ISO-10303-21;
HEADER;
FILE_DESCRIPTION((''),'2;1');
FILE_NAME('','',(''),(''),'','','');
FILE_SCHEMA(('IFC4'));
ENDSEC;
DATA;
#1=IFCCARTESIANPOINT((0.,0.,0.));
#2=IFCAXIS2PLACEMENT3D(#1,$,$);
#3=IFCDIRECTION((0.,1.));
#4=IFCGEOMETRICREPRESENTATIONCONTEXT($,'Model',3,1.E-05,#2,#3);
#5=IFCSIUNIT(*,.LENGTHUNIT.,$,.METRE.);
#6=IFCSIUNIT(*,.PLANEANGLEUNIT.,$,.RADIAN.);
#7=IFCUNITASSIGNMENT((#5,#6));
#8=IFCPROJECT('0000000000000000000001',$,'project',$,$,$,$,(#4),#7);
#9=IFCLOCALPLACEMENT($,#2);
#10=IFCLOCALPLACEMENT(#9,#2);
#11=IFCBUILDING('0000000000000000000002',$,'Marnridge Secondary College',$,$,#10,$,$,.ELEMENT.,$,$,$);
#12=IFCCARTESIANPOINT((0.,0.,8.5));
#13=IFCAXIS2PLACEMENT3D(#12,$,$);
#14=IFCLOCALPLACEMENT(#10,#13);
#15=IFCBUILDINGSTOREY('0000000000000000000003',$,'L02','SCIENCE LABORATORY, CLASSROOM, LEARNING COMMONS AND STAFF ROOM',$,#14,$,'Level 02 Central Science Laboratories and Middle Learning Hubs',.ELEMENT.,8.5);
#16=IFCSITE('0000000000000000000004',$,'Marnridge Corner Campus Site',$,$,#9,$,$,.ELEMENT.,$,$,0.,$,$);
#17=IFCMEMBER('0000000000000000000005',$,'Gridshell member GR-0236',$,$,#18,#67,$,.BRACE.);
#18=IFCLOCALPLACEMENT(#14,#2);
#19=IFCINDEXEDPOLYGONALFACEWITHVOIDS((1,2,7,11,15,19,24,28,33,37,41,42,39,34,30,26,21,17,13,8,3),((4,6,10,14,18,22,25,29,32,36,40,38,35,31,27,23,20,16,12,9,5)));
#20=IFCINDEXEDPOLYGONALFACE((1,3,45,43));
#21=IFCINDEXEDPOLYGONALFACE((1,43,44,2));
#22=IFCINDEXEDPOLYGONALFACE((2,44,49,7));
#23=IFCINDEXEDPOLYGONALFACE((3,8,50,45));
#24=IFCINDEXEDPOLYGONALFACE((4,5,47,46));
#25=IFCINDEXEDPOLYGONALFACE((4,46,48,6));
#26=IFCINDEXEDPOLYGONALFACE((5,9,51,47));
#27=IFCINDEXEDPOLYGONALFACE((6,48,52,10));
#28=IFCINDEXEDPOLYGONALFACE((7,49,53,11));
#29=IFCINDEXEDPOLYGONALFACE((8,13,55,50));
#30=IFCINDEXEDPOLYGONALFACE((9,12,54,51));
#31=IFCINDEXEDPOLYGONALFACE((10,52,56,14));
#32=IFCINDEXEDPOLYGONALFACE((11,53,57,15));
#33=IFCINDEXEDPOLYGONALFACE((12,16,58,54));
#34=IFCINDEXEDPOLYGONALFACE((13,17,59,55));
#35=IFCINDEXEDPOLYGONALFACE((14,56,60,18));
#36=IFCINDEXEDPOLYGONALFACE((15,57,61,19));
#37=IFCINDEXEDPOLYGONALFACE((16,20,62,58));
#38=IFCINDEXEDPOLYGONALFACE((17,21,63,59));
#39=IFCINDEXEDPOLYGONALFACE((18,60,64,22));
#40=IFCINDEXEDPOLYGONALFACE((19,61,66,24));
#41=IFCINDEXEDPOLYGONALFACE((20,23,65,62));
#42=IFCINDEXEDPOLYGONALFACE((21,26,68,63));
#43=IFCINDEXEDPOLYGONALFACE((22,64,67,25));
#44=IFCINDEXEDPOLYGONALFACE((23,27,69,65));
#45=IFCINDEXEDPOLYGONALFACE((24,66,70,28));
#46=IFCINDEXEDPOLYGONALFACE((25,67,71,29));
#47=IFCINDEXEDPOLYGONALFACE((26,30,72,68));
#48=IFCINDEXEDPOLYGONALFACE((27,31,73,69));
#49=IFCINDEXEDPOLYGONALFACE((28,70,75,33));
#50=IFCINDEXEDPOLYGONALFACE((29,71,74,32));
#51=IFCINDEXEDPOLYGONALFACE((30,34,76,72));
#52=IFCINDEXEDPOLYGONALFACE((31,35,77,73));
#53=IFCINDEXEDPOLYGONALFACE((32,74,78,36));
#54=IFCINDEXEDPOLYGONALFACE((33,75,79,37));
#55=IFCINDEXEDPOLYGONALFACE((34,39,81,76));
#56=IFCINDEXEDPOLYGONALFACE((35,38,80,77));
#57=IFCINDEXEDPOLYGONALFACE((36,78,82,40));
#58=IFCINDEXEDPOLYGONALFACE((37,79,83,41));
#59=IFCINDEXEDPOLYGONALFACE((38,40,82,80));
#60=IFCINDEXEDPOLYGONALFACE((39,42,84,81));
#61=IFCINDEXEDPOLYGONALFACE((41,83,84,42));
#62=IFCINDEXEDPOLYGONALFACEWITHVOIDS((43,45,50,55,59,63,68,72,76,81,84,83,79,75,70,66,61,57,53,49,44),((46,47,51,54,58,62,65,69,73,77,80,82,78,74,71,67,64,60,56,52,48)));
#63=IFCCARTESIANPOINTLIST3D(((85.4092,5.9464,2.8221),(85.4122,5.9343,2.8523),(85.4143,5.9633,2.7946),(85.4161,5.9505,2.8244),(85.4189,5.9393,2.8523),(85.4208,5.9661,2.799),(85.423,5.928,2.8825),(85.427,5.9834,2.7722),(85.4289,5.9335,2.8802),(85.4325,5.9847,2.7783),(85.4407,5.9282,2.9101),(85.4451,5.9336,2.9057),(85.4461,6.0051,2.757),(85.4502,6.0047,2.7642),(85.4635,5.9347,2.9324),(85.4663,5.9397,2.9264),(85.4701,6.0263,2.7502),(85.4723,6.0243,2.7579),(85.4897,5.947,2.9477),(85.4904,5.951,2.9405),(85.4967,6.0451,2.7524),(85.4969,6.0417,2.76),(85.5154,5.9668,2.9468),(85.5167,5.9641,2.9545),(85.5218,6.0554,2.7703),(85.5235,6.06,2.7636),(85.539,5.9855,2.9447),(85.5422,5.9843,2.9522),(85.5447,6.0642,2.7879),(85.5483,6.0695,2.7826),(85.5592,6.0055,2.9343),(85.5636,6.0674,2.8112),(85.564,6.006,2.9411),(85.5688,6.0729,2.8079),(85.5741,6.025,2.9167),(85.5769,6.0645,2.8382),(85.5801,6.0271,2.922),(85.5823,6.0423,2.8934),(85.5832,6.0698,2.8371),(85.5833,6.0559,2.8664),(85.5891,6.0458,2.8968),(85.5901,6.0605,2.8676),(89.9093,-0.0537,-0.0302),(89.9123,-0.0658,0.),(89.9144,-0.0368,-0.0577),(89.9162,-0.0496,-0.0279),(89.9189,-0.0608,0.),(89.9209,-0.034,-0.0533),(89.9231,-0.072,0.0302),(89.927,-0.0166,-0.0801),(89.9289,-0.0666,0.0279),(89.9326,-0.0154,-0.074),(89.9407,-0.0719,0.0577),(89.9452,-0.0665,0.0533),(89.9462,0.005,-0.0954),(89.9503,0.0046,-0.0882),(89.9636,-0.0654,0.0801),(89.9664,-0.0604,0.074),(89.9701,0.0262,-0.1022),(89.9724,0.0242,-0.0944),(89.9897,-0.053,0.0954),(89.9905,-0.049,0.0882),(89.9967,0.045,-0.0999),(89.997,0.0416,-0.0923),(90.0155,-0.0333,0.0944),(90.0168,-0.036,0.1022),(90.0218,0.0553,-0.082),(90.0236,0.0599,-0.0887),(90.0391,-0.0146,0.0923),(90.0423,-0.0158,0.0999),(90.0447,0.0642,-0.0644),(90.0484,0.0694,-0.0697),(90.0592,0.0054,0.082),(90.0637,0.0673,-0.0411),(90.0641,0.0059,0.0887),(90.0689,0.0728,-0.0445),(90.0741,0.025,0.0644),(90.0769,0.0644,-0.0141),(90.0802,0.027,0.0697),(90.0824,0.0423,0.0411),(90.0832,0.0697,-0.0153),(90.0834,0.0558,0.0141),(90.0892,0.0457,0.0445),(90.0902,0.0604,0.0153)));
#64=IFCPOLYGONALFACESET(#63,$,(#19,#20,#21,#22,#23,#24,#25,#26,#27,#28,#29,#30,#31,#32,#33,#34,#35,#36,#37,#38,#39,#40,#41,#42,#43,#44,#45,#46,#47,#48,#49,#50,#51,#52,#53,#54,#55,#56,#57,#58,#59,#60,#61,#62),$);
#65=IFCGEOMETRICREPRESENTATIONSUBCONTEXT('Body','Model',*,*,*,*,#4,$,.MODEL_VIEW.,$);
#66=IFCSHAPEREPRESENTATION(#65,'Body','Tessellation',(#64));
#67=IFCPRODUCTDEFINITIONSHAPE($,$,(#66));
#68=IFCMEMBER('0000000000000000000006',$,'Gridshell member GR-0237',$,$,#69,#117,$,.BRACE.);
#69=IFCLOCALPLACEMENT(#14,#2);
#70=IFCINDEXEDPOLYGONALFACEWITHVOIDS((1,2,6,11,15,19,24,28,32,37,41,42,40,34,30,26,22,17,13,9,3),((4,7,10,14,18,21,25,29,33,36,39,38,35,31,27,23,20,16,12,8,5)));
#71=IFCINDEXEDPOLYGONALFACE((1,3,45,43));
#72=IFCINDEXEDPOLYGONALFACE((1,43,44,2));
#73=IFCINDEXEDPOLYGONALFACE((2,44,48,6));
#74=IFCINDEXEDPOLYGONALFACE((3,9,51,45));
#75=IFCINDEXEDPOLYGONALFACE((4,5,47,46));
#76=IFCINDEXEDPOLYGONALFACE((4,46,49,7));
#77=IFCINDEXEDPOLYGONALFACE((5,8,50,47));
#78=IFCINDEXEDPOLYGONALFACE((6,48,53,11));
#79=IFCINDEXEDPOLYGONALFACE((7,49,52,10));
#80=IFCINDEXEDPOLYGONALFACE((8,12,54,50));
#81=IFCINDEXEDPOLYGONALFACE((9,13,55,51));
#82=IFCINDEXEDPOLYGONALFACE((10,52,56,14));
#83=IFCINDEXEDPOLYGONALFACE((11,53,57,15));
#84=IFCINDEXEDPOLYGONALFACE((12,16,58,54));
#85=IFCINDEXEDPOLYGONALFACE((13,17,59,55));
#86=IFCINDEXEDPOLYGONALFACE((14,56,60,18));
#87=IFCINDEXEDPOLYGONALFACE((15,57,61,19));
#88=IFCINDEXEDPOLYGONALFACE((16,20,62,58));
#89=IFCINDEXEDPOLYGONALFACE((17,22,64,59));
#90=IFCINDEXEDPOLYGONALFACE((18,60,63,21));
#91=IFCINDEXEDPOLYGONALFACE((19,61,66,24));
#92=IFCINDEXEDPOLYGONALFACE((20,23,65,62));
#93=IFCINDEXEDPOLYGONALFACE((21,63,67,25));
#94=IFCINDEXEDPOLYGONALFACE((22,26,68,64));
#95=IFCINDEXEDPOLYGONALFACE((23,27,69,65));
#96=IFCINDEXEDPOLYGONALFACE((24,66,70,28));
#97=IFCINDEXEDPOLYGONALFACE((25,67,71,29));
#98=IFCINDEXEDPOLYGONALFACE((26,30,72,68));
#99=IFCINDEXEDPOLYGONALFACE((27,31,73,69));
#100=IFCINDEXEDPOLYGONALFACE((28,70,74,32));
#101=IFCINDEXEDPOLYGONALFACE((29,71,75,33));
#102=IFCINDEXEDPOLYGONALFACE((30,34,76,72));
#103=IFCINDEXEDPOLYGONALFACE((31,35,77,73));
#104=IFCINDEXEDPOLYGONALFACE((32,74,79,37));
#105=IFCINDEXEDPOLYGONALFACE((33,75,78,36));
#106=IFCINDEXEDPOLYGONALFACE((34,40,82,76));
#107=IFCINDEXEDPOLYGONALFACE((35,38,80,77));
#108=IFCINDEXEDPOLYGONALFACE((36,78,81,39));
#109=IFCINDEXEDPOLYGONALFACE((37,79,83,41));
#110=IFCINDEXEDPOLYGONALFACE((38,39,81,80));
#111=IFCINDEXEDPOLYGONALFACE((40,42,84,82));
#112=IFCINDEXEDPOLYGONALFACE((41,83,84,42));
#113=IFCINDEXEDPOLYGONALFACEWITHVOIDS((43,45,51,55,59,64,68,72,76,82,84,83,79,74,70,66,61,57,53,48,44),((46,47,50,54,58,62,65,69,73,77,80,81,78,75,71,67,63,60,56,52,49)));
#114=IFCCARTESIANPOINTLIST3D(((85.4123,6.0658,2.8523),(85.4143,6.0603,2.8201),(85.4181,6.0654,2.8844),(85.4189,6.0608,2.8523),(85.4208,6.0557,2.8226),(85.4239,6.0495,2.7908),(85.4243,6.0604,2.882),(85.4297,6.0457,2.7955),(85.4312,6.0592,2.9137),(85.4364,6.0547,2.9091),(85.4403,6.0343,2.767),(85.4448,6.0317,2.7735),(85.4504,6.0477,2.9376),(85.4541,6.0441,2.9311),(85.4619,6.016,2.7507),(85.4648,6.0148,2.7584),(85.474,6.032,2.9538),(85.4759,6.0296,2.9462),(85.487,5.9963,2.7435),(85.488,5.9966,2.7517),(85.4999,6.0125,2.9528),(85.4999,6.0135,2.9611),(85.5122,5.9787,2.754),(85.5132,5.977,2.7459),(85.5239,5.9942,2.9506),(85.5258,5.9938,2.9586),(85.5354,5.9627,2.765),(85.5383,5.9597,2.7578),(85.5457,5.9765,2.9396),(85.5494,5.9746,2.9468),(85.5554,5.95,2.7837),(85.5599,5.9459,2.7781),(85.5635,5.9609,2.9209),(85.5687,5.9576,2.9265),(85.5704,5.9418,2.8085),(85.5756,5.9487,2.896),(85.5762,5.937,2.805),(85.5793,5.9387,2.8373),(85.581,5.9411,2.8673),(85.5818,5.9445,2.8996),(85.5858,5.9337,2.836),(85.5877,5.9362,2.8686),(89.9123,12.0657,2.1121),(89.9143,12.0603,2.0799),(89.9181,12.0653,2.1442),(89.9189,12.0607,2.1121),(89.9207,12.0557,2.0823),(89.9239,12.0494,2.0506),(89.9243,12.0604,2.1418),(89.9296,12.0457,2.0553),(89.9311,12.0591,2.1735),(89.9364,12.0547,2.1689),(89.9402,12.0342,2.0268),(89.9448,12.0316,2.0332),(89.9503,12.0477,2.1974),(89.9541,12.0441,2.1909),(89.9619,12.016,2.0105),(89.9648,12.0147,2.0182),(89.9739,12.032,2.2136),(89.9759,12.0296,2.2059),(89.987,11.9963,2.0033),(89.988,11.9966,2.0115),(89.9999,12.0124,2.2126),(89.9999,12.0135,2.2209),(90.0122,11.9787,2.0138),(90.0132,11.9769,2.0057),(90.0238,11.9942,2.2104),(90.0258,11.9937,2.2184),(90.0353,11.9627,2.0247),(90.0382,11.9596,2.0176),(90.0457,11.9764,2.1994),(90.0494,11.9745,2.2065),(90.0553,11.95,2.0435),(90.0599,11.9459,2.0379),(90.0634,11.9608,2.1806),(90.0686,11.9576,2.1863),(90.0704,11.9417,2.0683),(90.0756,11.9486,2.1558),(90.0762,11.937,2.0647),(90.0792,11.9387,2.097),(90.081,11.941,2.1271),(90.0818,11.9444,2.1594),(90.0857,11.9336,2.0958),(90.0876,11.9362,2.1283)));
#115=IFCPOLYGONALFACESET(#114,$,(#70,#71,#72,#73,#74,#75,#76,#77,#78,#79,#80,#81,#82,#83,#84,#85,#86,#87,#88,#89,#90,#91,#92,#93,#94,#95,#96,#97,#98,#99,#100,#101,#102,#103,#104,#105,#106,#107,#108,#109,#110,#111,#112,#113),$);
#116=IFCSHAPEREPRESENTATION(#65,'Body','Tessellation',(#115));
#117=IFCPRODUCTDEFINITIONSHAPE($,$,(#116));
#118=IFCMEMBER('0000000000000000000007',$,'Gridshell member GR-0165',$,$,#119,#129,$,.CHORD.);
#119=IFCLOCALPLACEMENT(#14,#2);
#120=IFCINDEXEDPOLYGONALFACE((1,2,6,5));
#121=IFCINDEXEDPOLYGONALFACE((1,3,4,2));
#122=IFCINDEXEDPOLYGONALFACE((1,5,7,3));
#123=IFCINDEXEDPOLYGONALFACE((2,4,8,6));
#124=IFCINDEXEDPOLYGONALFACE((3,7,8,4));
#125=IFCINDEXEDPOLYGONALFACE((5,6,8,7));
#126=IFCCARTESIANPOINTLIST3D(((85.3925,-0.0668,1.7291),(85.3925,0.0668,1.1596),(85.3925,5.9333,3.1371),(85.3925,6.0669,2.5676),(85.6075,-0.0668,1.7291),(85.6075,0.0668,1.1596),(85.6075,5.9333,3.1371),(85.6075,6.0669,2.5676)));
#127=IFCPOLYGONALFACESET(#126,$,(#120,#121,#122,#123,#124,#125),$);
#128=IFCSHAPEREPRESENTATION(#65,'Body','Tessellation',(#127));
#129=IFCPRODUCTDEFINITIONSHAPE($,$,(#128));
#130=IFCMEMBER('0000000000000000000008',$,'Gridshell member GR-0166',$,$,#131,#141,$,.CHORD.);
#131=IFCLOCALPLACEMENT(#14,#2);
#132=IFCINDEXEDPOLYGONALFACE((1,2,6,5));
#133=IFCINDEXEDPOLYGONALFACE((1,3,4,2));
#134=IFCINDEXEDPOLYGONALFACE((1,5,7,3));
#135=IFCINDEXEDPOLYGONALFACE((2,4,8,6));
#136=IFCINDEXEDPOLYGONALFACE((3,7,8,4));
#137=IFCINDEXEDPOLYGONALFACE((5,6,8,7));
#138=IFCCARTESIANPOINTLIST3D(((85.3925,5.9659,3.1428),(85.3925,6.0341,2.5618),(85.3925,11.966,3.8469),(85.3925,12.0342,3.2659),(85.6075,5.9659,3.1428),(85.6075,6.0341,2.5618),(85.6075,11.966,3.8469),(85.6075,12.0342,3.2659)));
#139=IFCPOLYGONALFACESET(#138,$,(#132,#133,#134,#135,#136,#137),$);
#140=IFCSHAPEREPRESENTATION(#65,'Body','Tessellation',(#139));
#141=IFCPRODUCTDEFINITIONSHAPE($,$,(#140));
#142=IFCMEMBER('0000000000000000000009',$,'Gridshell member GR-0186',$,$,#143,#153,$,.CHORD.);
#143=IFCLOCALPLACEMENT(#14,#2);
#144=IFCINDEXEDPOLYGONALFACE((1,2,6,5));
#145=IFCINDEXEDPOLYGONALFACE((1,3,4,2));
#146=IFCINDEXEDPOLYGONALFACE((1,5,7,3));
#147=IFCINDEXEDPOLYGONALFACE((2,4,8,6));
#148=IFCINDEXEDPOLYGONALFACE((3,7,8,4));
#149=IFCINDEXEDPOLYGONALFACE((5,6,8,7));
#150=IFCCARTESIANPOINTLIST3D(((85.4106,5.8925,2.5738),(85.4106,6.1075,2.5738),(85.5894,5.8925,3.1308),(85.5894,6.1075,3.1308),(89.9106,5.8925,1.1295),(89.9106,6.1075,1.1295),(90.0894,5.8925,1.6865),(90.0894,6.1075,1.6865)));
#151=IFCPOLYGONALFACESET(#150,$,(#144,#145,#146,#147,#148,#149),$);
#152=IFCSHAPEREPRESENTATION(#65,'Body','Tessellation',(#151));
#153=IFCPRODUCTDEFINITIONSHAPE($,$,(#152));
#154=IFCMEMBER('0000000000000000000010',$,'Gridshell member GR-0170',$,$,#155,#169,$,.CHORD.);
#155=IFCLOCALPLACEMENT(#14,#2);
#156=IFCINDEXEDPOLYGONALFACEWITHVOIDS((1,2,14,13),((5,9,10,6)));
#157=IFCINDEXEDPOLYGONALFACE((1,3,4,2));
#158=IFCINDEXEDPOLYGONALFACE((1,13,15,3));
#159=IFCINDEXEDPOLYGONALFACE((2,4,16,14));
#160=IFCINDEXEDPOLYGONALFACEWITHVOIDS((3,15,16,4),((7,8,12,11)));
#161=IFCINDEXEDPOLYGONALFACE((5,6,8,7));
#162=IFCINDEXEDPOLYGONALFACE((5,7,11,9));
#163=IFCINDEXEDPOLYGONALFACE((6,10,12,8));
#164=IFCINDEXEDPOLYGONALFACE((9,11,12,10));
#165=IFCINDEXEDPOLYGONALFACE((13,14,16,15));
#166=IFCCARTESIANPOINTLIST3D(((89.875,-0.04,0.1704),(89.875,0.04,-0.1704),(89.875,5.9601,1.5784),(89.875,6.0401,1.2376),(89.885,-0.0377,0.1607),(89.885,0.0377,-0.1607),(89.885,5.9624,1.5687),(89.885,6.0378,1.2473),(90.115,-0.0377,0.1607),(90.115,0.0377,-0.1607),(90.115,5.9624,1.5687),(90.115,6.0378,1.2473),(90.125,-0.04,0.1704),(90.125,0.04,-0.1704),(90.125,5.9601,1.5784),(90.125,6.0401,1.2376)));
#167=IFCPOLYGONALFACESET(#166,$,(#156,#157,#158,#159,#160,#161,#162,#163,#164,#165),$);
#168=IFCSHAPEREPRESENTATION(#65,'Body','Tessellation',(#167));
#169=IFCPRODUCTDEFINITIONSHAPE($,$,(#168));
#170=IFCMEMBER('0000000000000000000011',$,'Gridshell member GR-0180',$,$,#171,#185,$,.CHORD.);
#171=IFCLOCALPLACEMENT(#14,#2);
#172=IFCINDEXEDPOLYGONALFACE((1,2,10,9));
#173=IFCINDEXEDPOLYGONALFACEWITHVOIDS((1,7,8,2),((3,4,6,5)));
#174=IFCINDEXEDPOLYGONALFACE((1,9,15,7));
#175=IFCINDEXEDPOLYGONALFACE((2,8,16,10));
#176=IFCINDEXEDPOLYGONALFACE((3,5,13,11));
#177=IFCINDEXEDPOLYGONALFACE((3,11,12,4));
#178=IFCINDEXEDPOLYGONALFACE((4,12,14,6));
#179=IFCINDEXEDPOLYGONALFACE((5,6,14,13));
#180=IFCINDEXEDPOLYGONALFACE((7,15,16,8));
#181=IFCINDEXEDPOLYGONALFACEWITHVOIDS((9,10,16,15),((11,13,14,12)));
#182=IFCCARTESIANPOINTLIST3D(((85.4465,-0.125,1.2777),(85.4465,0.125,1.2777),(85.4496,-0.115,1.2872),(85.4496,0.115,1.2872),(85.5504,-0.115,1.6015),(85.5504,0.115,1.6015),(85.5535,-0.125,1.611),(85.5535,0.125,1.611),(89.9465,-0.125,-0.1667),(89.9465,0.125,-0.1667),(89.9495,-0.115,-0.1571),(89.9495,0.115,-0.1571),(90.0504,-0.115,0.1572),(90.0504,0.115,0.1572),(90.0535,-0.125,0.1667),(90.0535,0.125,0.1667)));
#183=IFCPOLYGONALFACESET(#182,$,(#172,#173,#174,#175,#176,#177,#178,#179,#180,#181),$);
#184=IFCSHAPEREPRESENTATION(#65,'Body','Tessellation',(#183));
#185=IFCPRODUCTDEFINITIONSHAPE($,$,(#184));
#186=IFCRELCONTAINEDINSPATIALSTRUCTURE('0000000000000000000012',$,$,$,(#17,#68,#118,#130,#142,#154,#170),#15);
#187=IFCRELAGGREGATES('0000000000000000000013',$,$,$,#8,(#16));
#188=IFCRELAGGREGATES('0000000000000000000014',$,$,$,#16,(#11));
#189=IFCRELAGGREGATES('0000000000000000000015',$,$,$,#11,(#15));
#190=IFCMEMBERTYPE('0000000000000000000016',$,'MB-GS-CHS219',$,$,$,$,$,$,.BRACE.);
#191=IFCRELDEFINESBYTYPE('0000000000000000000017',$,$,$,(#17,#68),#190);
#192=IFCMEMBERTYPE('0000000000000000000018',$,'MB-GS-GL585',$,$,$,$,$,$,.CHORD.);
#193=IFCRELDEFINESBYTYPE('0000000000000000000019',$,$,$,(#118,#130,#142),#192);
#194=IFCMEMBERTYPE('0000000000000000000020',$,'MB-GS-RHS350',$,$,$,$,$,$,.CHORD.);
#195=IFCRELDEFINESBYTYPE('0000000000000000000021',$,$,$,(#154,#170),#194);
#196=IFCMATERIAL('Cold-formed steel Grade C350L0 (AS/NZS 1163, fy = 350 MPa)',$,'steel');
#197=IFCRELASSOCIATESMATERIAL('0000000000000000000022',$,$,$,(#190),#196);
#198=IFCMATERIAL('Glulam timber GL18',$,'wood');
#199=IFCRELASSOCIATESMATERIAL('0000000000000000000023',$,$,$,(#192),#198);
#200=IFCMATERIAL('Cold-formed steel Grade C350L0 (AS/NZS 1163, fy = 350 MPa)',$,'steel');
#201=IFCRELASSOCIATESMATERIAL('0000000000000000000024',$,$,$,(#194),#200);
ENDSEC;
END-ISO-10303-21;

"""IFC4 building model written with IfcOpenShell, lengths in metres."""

from ifc_helpers import new_model, si_unit, direction, frame, origin, origin_2d, place, context, subcontext, project, spatial, rectangle, hollow_rectangle, hollow_circle, extrude, material, material_profile, profile_set, type_object, element, save


model = new_model("IFC4")

# Units and contexts
model_context = context("Model", 3, precision=1e-05, world=origin(), true_north=direction((0.0, 1.0)))
body_context = subcontext(model_context, "Body", "Model", "MODEL_VIEW")
ifc_project = project(units=[si_unit("LENGTHUNIT", "METRE"), si_unit("PLANEANGLEUNIT", "RADIAN")], contexts=[model_context])

# Site, building, storey
site_placement = place(None, origin())
site = spatial("IfcSite", under=ifc_project, at=site_placement, Name="Marnridge Corner Campus Site", CompositionType="ELEMENT", RefElevation=0.0)
building_placement = place(site_placement, origin())
building = spatial("IfcBuilding", under=site, at=building_placement, Name="Marnridge Secondary College", CompositionType="ELEMENT")
storey_placement = place(building_placement, frame((0.0, 0.0, 8.5)))
storey = spatial("IfcBuildingStorey", under=building, at=storey_placement, Name="L02", Description="SCIENCE LABORATORY, CLASSROOM, LEARNING COMMONS AND STAFF ROOM", LongName="Level 02 Central Science Laboratories and Middle Learning Hubs", CompositionType="ELEMENT", Elevation=8.5)

# Members
ifc_material_1 = material(Name="Cold-formed steel Grade C350L0 (AS/NZS 1163, fy = 350 MPa)", Category="steel")
ifc_material_profile_1 = material_profile(ifc_material_1, hollow_circle(Radius=0.1096, WallThickness=0.0083, at=origin_2d()), Name="219.1x8.2CHS")
ifc_profile_set_1 = profile_set([ifc_material_profile_1], Name="Cold-formed steel Grade C350L0 (AS/NZS 1163, fy = 350 MPa)")
member_type_1 = type_object("IfcMemberType", Name="MB-GS-CHS219", PredefinedType="BRACE", material=ifc_profile_set_1)
member_1_placement = place(storey_placement, frame((90.0, 0.0, 0.0), z_axis=(-0.560813, 0.747751, 0.355468), x_axis=(-0.8, -0.6, 0.0)))
element("IfcMember", 1, at=member_1_placement, inside=storey, type_object=member_type_1, Name="Gridshell member GR-0236", PredefinedType="BRACE", context=body_context, shape_type="SweptSolid", body=[
    extrude(hollow_circle(Radius=0.1096, WallThickness=0.0083, at=origin_2d()), origin(), (0.0, 0.0, 1.0), 8.0242),
])
member_2_placement = place(storey_placement, frame((85.5, 6.0, 2.8523), z_axis=(0.597099, 0.796132, -0.098221), x_axis=(-0.8, 0.6, 0.0)))
element("IfcMember", 2, at=member_2_placement, inside=storey, type_object=member_type_1, Name="Gridshell member GR-0237", PredefinedType="BRACE", context=body_context, shape_type="SweptSolid", body=[
    extrude(hollow_circle(Radius=0.1096, WallThickness=0.0083, at=origin_2d()), origin(), (0.0, 0.0, 1.0), 7.5364),
])
ifc_material_2 = material(Name="Glulam timber GL18", Category="wood")
ifc_material_profile_2 = material_profile(ifc_material_2, rectangle(XDim=0.2151, YDim=0.585, at=origin_2d()), Name="GL18 215x585")
ifc_profile_set_2 = profile_set([ifc_material_profile_2], Name="Glulam timber GL18")
member_type_2 = type_object("IfcMemberType", Name="MB-GS-GL585", PredefinedType="CHORD", material=ifc_profile_set_2)
member_3_placement = place(storey_placement, frame((85.5, 0.0, 1.4443), z_axis=(0.0, 0.973555, 0.228454), x_axis=(-1.0, 0.0, 0.0)))
element("IfcMember", 3, at=member_3_placement, inside=storey, type_object=member_type_2, Name="Gridshell member GR-0165", PredefinedType="CHORD", context=body_context, shape_type="SweptSolid", body=[
    extrude(rectangle(XDim=0.2151, YDim=0.585, at=origin_2d()), origin(), (0.0, 0.0, 1.0), 6.1631),
])
member_4_placement = place(storey_placement, frame((85.5, 6.0, 2.8523), z_axis=(0.0, 0.993185, 0.11655), x_axis=(-1.0, 0.0, 0.0)))
element("IfcMember", 4, at=member_4_placement, inside=storey, type_object=member_type_2, Name="Gridshell member GR-0166", PredefinedType="CHORD", context=body_context, shape_type="SweptSolid", body=[
    extrude(rectangle(XDim=0.2151, YDim=0.585, at=origin_2d()), origin(), (0.0, 0.0, 1.0), 6.0413),
])
member_5_placement = place(storey_placement, frame((85.5, 6.0, 2.8523), z_axis=(0.952157, 0.0, -0.305608), x_axis=(0.0, 1.0, 0.0)))
element("IfcMember", 5, at=member_5_placement, inside=storey, type_object=member_type_2, Name="Gridshell member GR-0186", PredefinedType="CHORD", context=body_context, shape_type="SweptSolid", body=[
    extrude(rectangle(XDim=0.2151, YDim=0.585, at=origin_2d()), origin(), (0.0, 0.0, 1.0), 4.7261),
])
ifc_material_3 = material(Name="Cold-formed steel Grade C350L0 (AS/NZS 1163, fy = 350 MPa)", Category="steel")
ifc_material_profile_3 = material_profile(ifc_material_3, hollow_rectangle(XDim=0.25, YDim=0.3501, WallThickness=0.01, at=origin_2d()), Name="350x250x10.0RHS")
ifc_profile_set_3 = profile_set([ifc_material_profile_3], Name="Cold-formed steel Grade C350L0 (AS/NZS 1163, fy = 350 MPa)")
member_type_3 = type_object("IfcMemberType", Name="MB-GS-RHS350", PredefinedType="CHORD", material=ifc_profile_set_3)
member_6_placement = place(storey_placement, frame((90.0, 0.0, 0.0), z_axis=(0.0, 0.973555, 0.228454), x_axis=(-1.0, 0.0, 0.0)))
element("IfcMember", 6, at=member_6_placement, inside=storey, type_object=member_type_3, Name="Gridshell member GR-0170", PredefinedType="CHORD", context=body_context, shape_type="SweptSolid", body=[
    extrude(hollow_rectangle(XDim=0.25, YDim=0.3501, WallThickness=0.01, at=origin_2d()), origin(), (0.0, 0.0, 1.0), 6.1631),
])
member_7_placement = place(storey_placement, frame((85.5, 0.0, 1.4443), z_axis=(0.952157, 0.0, -0.305608), x_axis=(0.0, 1.0, 0.0)))
element("IfcMember", 7, at=member_7_placement, inside=storey, type_object=member_type_3, Name="Gridshell member GR-0180", PredefinedType="CHORD", context=body_context, shape_type="SweptSolid", body=[
    extrude(hollow_rectangle(XDim=0.25, YDim=0.3501, WallThickness=0.01, at=origin_2d()), origin(), (0.0, 0.0, 1.0), 4.7261),
])

save(model, "model.ifc")
